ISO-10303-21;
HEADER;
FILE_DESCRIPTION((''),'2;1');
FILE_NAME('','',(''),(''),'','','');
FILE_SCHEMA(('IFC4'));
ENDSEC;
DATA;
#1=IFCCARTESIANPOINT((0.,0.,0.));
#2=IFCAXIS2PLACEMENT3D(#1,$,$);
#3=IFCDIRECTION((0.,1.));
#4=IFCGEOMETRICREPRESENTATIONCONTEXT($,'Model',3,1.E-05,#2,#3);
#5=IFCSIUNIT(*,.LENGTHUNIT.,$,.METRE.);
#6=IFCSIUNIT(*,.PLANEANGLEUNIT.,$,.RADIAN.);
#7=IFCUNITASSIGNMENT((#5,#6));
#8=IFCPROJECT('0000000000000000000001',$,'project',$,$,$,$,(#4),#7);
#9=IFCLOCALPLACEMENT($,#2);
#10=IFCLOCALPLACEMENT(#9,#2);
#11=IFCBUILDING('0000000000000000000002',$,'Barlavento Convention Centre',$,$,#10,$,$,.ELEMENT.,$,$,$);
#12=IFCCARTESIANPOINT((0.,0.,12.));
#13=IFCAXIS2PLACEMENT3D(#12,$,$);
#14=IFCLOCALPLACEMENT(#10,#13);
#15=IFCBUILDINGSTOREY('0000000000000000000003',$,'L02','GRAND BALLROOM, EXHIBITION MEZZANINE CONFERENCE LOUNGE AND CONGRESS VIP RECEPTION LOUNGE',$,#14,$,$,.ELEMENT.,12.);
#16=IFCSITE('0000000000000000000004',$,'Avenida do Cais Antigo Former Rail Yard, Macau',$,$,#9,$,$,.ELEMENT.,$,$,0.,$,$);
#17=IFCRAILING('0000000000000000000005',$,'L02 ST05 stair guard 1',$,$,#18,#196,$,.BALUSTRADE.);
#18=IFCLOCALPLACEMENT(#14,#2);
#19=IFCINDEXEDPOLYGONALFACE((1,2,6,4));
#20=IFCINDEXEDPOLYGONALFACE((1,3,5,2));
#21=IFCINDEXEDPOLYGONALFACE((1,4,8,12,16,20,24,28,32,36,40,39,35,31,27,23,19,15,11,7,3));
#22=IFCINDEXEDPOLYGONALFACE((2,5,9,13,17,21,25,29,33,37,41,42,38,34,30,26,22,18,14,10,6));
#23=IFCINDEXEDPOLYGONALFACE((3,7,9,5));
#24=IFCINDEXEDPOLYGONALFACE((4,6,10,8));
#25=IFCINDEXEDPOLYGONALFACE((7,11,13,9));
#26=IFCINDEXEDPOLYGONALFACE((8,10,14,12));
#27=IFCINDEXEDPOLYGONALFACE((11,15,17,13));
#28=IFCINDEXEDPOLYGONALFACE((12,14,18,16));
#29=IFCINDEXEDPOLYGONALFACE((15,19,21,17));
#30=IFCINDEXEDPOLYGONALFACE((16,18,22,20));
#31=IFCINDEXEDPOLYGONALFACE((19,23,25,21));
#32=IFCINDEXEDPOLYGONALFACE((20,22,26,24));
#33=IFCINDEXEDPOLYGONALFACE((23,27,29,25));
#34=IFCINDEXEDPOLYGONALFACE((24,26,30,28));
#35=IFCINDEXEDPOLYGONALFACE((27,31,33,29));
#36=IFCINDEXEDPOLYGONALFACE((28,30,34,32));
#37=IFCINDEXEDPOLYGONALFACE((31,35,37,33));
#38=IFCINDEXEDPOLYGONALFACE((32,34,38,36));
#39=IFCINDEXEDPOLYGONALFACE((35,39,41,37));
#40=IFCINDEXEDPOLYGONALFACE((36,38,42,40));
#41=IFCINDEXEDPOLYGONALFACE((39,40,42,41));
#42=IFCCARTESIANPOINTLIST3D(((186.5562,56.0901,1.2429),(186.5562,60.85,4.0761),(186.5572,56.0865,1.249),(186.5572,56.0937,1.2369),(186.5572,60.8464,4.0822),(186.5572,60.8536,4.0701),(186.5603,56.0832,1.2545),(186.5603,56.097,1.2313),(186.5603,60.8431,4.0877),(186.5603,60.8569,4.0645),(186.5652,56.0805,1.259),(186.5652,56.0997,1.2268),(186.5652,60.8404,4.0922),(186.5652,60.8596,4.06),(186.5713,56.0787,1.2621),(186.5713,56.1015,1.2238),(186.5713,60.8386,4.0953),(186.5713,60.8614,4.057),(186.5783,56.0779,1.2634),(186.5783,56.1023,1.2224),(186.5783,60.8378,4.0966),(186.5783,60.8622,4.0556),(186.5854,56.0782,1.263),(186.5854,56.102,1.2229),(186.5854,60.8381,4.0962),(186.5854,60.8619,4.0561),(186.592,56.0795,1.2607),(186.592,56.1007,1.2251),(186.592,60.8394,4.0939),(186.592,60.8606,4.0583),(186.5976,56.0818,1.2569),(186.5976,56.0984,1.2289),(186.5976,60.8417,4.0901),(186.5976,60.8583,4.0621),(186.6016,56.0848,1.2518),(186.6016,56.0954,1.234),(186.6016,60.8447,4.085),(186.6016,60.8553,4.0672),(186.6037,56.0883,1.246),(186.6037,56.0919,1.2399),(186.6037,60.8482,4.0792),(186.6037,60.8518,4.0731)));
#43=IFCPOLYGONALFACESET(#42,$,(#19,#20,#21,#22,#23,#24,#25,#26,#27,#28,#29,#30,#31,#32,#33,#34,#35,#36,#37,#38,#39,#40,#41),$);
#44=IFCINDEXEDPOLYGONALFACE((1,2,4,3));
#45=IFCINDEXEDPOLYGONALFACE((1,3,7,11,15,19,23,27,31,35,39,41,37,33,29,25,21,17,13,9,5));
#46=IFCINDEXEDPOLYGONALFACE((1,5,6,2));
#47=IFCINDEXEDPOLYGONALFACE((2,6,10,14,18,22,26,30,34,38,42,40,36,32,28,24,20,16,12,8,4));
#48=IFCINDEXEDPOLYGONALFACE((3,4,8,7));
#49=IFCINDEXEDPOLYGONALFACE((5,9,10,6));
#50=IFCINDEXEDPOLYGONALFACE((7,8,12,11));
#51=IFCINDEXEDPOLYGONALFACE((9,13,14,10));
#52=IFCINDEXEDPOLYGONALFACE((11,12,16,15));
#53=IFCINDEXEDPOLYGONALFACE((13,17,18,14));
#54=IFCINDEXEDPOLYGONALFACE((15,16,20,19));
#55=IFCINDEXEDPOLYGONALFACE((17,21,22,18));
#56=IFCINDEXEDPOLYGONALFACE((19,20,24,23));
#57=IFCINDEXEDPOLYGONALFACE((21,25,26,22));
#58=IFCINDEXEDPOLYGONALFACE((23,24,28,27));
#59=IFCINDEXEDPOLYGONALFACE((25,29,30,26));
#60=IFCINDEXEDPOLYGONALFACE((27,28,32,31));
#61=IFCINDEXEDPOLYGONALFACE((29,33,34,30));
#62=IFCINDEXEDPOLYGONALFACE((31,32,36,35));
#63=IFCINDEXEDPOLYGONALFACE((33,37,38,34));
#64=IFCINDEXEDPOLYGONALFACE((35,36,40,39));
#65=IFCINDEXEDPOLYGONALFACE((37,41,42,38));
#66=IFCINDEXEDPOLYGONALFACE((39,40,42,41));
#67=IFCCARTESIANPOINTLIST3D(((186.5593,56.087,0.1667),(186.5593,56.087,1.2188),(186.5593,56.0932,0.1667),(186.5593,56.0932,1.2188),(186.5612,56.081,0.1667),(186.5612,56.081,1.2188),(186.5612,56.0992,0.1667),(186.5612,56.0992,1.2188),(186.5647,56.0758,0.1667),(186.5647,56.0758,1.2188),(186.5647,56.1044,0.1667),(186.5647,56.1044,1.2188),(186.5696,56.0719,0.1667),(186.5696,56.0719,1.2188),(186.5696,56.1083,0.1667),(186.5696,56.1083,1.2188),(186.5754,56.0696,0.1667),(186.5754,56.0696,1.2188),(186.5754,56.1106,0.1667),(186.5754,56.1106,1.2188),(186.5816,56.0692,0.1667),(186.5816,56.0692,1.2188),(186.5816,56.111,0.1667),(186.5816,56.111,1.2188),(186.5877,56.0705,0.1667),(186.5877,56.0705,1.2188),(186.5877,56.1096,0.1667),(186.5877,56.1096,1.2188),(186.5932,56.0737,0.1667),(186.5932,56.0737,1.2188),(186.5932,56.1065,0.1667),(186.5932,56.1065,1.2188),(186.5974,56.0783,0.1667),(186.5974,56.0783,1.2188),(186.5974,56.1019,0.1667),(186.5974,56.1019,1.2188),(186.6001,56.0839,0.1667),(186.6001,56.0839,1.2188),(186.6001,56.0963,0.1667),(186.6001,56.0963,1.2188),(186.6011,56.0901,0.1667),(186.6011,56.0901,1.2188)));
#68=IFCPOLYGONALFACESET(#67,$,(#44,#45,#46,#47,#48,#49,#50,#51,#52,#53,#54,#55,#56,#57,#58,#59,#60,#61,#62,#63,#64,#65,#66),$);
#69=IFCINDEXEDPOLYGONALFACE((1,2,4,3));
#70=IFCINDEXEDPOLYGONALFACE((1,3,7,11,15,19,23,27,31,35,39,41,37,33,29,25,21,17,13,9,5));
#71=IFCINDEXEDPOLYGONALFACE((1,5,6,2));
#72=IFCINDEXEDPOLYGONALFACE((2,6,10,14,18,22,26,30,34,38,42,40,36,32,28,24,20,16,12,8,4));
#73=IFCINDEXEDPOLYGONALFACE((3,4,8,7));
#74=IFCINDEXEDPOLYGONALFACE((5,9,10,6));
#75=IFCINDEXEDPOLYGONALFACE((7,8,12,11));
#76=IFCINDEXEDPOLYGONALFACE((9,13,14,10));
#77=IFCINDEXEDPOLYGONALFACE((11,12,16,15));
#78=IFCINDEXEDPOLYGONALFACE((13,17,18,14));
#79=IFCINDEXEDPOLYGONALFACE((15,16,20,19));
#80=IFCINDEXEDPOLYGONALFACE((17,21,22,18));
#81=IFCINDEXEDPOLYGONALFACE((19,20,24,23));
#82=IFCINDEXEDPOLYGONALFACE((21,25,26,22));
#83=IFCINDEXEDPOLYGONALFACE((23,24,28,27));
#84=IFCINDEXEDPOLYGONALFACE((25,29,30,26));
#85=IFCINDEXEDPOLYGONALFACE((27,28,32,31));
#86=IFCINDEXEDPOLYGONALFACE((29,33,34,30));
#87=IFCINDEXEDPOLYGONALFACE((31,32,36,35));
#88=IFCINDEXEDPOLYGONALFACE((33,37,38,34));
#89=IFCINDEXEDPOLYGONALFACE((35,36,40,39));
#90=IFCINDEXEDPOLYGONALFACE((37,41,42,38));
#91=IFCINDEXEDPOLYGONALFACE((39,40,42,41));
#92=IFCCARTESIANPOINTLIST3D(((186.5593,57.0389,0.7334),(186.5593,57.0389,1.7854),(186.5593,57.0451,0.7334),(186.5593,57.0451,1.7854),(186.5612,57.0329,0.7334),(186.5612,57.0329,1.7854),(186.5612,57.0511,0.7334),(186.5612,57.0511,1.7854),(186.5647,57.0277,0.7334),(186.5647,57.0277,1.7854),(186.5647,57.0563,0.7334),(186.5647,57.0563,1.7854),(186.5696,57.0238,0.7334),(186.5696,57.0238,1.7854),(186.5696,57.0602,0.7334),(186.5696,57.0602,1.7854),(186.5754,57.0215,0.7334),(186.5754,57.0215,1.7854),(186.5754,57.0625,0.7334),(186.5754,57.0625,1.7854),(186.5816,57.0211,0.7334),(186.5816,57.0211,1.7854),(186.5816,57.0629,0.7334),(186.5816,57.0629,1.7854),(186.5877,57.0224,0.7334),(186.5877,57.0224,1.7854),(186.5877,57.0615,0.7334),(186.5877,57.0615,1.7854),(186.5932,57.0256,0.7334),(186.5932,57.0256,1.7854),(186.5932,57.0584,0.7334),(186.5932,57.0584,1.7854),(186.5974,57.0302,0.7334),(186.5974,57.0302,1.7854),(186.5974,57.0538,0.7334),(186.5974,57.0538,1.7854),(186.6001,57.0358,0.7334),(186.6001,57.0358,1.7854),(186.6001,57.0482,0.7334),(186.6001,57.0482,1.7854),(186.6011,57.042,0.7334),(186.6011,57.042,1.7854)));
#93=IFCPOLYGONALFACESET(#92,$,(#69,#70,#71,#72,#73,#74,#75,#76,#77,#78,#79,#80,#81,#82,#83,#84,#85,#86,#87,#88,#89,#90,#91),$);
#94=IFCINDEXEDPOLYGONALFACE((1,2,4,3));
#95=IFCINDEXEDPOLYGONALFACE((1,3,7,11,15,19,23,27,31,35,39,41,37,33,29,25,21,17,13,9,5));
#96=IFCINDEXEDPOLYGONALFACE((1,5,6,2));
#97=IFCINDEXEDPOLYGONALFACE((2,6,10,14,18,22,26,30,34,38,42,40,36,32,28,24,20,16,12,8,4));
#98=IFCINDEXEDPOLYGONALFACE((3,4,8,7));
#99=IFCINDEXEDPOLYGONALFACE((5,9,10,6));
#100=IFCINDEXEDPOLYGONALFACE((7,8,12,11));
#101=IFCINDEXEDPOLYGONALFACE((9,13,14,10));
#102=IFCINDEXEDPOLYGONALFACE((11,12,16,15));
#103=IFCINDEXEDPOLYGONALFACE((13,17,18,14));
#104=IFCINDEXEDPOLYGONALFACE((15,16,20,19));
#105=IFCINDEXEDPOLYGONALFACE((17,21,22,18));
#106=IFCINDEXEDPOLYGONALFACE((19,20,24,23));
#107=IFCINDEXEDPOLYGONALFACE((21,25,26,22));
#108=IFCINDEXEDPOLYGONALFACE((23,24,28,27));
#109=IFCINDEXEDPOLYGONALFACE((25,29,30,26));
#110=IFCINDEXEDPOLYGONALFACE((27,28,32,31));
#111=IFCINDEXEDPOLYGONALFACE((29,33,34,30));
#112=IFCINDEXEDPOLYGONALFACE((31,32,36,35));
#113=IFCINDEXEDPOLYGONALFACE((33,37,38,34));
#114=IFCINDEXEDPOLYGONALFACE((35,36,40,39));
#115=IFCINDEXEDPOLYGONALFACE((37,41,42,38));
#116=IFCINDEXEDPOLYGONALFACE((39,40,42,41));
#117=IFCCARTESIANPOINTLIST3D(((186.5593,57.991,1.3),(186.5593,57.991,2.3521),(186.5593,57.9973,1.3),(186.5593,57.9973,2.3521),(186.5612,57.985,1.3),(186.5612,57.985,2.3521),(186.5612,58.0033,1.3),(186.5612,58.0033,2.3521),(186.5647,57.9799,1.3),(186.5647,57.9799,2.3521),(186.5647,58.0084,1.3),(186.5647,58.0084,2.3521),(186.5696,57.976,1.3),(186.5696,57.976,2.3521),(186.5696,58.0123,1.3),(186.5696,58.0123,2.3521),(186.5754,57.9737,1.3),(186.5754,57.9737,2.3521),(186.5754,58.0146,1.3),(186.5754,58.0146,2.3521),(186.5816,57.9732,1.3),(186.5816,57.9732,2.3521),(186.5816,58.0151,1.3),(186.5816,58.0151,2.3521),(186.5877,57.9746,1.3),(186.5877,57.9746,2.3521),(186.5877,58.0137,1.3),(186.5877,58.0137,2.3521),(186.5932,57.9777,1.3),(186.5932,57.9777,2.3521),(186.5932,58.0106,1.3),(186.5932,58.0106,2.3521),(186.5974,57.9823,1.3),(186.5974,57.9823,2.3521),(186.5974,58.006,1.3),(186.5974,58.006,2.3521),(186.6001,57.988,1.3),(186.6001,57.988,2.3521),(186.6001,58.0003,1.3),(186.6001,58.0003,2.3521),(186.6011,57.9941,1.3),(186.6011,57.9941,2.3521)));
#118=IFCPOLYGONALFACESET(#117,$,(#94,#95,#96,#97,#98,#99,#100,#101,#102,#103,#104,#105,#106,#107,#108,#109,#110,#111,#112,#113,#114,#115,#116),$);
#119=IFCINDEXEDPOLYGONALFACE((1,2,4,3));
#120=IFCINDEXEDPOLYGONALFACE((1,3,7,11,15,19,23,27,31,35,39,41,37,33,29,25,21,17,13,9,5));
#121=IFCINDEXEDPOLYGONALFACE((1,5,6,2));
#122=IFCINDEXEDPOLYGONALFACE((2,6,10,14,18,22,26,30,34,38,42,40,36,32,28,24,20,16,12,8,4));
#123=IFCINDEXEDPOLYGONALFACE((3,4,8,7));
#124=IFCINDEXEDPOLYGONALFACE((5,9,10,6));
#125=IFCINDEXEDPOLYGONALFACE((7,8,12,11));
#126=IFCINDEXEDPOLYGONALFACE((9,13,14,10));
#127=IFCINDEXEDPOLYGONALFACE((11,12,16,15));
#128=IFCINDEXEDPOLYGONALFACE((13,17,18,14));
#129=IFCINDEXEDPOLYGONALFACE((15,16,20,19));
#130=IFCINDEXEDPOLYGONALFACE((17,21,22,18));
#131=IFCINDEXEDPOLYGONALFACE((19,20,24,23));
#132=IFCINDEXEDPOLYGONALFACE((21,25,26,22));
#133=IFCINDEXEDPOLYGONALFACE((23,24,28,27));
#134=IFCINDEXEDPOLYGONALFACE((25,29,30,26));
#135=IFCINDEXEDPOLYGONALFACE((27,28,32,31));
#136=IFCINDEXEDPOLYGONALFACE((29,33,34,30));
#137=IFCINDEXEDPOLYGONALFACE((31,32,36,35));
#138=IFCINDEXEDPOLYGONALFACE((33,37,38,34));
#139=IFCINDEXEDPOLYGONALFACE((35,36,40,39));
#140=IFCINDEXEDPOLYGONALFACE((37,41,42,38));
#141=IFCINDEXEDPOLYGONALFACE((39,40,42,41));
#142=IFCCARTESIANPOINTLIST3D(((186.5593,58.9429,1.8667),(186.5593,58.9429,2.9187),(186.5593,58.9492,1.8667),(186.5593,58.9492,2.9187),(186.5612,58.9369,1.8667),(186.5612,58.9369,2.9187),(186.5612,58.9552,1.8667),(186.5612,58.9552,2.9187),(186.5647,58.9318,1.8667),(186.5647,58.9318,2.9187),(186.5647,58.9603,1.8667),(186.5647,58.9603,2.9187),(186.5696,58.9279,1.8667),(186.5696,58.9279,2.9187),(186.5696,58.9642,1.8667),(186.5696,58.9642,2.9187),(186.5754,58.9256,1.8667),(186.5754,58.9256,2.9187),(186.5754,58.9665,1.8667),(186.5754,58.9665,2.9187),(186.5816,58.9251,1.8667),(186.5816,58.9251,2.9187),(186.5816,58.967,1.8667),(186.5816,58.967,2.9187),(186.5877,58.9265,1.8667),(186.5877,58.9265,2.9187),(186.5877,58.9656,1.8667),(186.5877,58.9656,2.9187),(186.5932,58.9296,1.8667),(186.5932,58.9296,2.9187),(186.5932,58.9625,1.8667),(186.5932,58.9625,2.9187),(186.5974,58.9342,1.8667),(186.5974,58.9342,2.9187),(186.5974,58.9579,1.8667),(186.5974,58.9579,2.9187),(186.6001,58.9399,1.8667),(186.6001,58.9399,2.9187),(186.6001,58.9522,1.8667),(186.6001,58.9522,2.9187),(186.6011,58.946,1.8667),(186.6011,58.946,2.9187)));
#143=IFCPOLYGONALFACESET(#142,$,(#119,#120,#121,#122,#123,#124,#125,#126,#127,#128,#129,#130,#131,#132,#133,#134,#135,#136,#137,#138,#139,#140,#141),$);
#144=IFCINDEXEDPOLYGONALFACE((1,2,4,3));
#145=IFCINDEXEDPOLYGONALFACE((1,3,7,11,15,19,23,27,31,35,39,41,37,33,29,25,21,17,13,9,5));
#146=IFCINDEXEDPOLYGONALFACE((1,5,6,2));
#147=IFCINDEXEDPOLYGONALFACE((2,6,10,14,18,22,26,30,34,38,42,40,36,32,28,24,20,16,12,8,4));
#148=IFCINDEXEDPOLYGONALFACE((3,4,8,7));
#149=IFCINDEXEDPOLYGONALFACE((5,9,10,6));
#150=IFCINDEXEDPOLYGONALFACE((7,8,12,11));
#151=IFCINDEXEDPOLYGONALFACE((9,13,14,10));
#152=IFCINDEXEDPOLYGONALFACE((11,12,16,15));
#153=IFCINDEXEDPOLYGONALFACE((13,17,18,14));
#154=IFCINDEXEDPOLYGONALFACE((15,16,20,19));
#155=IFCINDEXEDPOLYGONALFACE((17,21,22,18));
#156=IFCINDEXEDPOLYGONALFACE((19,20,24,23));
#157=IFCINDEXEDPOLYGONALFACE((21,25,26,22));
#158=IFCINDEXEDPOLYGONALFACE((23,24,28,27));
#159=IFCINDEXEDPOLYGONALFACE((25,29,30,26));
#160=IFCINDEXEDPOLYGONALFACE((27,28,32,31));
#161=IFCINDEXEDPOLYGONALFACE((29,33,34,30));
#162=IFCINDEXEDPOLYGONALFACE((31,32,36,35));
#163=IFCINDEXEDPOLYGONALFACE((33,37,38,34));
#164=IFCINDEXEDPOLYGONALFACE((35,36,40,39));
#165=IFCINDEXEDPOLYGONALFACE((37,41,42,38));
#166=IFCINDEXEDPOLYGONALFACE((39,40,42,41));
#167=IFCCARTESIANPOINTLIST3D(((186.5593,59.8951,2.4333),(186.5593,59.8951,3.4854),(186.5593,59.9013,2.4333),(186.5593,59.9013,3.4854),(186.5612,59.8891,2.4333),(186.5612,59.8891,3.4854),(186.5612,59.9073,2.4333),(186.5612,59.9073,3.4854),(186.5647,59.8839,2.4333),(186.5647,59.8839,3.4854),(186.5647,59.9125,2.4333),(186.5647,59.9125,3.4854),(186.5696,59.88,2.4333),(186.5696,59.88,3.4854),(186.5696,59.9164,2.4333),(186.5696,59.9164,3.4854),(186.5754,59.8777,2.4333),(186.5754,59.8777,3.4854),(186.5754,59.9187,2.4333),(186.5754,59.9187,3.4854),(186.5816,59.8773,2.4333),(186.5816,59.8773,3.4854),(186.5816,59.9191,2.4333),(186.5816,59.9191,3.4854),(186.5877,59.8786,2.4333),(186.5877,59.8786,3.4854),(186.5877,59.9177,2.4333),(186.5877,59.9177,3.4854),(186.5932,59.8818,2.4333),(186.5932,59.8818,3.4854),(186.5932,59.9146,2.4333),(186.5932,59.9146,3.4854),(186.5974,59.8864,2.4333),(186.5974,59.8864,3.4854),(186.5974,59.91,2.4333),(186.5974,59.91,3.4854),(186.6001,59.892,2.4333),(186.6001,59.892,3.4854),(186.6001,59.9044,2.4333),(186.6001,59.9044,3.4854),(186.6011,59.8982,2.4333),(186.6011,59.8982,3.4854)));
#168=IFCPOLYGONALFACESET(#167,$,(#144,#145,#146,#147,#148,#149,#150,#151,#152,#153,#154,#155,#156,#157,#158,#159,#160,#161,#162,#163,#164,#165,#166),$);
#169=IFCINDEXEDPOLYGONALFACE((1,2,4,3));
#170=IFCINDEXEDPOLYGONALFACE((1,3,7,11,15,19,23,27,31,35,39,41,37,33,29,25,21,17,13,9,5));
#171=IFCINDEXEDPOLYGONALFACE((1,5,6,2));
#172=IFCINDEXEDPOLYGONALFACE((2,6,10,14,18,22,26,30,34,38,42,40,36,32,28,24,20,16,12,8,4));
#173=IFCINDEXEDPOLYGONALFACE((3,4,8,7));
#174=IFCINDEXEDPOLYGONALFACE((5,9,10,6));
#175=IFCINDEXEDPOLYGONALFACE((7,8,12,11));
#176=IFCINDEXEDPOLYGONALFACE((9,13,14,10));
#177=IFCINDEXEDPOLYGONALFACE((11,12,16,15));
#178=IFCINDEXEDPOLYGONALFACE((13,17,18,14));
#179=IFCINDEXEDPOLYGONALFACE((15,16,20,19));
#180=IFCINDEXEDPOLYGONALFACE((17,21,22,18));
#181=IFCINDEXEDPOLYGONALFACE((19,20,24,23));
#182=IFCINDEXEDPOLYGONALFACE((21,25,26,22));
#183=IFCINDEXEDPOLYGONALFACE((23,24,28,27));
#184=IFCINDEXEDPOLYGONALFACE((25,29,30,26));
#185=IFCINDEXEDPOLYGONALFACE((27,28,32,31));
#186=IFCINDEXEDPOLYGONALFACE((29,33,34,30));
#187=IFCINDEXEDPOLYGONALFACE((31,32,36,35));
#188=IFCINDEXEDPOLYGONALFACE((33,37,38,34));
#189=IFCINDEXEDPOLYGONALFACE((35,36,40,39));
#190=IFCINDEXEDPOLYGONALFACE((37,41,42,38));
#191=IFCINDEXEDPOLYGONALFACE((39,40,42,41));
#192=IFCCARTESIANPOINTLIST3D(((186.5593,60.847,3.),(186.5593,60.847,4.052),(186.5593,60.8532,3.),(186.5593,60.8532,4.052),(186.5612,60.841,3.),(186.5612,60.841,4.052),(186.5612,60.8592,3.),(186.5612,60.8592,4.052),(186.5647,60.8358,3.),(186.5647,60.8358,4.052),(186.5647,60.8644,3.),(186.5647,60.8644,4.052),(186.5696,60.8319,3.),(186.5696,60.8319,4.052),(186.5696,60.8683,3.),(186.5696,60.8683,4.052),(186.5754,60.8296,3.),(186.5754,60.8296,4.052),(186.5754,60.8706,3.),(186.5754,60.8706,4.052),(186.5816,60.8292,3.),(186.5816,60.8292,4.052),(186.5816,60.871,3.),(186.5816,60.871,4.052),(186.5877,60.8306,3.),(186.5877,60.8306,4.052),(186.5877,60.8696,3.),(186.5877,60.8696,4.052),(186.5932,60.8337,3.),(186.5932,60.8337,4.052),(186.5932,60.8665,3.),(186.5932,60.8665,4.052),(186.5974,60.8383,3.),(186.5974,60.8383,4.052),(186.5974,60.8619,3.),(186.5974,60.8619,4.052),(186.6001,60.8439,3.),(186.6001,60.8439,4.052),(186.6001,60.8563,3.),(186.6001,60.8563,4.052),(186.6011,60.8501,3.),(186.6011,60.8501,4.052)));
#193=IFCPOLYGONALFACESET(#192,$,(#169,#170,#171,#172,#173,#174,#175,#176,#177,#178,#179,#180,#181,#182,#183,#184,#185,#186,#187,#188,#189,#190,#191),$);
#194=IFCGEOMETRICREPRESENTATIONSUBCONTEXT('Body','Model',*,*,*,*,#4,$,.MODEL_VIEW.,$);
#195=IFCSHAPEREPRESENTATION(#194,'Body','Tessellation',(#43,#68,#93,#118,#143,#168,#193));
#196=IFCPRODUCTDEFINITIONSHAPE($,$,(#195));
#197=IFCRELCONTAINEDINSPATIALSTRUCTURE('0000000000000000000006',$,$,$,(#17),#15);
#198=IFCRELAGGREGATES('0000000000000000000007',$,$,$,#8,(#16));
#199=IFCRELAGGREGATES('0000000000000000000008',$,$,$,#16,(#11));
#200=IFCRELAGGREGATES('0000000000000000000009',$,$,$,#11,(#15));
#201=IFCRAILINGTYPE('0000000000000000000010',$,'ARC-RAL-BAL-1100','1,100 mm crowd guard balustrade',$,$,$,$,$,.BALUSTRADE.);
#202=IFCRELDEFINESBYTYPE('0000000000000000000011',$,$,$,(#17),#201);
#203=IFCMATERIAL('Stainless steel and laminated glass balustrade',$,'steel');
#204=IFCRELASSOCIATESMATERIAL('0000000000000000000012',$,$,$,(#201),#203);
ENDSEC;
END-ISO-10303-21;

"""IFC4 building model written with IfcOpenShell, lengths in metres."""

from ifc_helpers import new_model, si_unit, direction, frame, origin, origin_2d, place, context, subcontext, project, spatial, circle, extrude, material, type_object, element, save


model = new_model("IFC4")

# Units and contexts
model_context = context("Model", 3, precision=1e-05, world=origin(), true_north=direction((0.0, 1.0)))
body_context = subcontext(model_context, "Body", "Model", "MODEL_VIEW")
ifc_project = project(units=[si_unit("LENGTHUNIT", "METRE"), si_unit("PLANEANGLEUNIT", "RADIAN")], contexts=[model_context])

# Site, building, storey
site_placement = place(None, origin())
site = spatial("IfcSite", under=ifc_project, at=site_placement, Name="Avenida do Cais Antigo Former Rail Yard, Macau", CompositionType="ELEMENT", RefElevation=0.0)
building_placement = place(site_placement, origin())
building = spatial("IfcBuilding", under=site, at=building_placement, Name="Barlavento Convention Centre", CompositionType="ELEMENT")
storey_placement = place(building_placement, frame((0.0, 0.0, 12.0)))
storey = spatial("IfcBuildingStorey", under=building, at=storey_placement, Name="L02", Description="GRAND BALLROOM, EXHIBITION MEZZANINE CONFERENCE LOUNGE AND CONGRESS VIP RECEPTION LOUNGE", CompositionType="ELEMENT", Elevation=12.0)

# Railing
ifc_material_1 = material(Name="Stainless steel and laminated glass balustrade", Category="steel")
railing_type_1 = type_object("IfcRailingType", Name="ARC-RAL-BAL-1100", Description="1,100 mm crowd guard balustrade", PredefinedType="BALUSTRADE", material=ifc_material_1)
railing_1_placement = place(storey_placement, frame((186.5801, 56.0901, 0.1667)))
element("IfcRailing", 1, at=railing_1_placement, inside=storey, type_object=railing_type_1, Name="L02 ST05 stair guard 1", PredefinedType="BALUSTRADE", context=body_context, shape_type="SweptSolid", body=[
    extrude(circle(Radius=0.0239, at=origin_2d()), frame((0.0, 0.0, 1.0762), z_axis=(0.0, 0.8593, 0.511472), x_axis=(-1.0, 0.0, 0.0)), (0.0, 0.0, 1.0), 5.5393),
    extrude(circle(Radius=0.021, at=origin_2d()), origin(), (0.0, 0.0, 1.0), 1.052),
    extrude(circle(Radius=0.021, at=origin_2d()), frame((0.0, 0.9519, 0.5667)), (0.0, 0.0, 1.0), 1.052),
    extrude(circle(Radius=0.021, at=origin_2d()), frame((0.0, 1.9041, 1.1333)), (0.0, 0.0, 1.0), 1.052),
    extrude(circle(Radius=0.021, at=origin_2d()), frame((0.0, 2.856, 1.7)), (0.0, 0.0, 1.0), 1.052),
    extrude(circle(Radius=0.021, at=origin_2d()), frame((0.0, 3.8081, 2.2666)), (0.0, 0.0, 1.0), 1.052),
    extrude(circle(Radius=0.021, at=origin_2d()), frame((0.0, 4.76, 2.8333)), (0.0, 0.0, 1.0), 1.052),
])

save(model, "model.ifc")
